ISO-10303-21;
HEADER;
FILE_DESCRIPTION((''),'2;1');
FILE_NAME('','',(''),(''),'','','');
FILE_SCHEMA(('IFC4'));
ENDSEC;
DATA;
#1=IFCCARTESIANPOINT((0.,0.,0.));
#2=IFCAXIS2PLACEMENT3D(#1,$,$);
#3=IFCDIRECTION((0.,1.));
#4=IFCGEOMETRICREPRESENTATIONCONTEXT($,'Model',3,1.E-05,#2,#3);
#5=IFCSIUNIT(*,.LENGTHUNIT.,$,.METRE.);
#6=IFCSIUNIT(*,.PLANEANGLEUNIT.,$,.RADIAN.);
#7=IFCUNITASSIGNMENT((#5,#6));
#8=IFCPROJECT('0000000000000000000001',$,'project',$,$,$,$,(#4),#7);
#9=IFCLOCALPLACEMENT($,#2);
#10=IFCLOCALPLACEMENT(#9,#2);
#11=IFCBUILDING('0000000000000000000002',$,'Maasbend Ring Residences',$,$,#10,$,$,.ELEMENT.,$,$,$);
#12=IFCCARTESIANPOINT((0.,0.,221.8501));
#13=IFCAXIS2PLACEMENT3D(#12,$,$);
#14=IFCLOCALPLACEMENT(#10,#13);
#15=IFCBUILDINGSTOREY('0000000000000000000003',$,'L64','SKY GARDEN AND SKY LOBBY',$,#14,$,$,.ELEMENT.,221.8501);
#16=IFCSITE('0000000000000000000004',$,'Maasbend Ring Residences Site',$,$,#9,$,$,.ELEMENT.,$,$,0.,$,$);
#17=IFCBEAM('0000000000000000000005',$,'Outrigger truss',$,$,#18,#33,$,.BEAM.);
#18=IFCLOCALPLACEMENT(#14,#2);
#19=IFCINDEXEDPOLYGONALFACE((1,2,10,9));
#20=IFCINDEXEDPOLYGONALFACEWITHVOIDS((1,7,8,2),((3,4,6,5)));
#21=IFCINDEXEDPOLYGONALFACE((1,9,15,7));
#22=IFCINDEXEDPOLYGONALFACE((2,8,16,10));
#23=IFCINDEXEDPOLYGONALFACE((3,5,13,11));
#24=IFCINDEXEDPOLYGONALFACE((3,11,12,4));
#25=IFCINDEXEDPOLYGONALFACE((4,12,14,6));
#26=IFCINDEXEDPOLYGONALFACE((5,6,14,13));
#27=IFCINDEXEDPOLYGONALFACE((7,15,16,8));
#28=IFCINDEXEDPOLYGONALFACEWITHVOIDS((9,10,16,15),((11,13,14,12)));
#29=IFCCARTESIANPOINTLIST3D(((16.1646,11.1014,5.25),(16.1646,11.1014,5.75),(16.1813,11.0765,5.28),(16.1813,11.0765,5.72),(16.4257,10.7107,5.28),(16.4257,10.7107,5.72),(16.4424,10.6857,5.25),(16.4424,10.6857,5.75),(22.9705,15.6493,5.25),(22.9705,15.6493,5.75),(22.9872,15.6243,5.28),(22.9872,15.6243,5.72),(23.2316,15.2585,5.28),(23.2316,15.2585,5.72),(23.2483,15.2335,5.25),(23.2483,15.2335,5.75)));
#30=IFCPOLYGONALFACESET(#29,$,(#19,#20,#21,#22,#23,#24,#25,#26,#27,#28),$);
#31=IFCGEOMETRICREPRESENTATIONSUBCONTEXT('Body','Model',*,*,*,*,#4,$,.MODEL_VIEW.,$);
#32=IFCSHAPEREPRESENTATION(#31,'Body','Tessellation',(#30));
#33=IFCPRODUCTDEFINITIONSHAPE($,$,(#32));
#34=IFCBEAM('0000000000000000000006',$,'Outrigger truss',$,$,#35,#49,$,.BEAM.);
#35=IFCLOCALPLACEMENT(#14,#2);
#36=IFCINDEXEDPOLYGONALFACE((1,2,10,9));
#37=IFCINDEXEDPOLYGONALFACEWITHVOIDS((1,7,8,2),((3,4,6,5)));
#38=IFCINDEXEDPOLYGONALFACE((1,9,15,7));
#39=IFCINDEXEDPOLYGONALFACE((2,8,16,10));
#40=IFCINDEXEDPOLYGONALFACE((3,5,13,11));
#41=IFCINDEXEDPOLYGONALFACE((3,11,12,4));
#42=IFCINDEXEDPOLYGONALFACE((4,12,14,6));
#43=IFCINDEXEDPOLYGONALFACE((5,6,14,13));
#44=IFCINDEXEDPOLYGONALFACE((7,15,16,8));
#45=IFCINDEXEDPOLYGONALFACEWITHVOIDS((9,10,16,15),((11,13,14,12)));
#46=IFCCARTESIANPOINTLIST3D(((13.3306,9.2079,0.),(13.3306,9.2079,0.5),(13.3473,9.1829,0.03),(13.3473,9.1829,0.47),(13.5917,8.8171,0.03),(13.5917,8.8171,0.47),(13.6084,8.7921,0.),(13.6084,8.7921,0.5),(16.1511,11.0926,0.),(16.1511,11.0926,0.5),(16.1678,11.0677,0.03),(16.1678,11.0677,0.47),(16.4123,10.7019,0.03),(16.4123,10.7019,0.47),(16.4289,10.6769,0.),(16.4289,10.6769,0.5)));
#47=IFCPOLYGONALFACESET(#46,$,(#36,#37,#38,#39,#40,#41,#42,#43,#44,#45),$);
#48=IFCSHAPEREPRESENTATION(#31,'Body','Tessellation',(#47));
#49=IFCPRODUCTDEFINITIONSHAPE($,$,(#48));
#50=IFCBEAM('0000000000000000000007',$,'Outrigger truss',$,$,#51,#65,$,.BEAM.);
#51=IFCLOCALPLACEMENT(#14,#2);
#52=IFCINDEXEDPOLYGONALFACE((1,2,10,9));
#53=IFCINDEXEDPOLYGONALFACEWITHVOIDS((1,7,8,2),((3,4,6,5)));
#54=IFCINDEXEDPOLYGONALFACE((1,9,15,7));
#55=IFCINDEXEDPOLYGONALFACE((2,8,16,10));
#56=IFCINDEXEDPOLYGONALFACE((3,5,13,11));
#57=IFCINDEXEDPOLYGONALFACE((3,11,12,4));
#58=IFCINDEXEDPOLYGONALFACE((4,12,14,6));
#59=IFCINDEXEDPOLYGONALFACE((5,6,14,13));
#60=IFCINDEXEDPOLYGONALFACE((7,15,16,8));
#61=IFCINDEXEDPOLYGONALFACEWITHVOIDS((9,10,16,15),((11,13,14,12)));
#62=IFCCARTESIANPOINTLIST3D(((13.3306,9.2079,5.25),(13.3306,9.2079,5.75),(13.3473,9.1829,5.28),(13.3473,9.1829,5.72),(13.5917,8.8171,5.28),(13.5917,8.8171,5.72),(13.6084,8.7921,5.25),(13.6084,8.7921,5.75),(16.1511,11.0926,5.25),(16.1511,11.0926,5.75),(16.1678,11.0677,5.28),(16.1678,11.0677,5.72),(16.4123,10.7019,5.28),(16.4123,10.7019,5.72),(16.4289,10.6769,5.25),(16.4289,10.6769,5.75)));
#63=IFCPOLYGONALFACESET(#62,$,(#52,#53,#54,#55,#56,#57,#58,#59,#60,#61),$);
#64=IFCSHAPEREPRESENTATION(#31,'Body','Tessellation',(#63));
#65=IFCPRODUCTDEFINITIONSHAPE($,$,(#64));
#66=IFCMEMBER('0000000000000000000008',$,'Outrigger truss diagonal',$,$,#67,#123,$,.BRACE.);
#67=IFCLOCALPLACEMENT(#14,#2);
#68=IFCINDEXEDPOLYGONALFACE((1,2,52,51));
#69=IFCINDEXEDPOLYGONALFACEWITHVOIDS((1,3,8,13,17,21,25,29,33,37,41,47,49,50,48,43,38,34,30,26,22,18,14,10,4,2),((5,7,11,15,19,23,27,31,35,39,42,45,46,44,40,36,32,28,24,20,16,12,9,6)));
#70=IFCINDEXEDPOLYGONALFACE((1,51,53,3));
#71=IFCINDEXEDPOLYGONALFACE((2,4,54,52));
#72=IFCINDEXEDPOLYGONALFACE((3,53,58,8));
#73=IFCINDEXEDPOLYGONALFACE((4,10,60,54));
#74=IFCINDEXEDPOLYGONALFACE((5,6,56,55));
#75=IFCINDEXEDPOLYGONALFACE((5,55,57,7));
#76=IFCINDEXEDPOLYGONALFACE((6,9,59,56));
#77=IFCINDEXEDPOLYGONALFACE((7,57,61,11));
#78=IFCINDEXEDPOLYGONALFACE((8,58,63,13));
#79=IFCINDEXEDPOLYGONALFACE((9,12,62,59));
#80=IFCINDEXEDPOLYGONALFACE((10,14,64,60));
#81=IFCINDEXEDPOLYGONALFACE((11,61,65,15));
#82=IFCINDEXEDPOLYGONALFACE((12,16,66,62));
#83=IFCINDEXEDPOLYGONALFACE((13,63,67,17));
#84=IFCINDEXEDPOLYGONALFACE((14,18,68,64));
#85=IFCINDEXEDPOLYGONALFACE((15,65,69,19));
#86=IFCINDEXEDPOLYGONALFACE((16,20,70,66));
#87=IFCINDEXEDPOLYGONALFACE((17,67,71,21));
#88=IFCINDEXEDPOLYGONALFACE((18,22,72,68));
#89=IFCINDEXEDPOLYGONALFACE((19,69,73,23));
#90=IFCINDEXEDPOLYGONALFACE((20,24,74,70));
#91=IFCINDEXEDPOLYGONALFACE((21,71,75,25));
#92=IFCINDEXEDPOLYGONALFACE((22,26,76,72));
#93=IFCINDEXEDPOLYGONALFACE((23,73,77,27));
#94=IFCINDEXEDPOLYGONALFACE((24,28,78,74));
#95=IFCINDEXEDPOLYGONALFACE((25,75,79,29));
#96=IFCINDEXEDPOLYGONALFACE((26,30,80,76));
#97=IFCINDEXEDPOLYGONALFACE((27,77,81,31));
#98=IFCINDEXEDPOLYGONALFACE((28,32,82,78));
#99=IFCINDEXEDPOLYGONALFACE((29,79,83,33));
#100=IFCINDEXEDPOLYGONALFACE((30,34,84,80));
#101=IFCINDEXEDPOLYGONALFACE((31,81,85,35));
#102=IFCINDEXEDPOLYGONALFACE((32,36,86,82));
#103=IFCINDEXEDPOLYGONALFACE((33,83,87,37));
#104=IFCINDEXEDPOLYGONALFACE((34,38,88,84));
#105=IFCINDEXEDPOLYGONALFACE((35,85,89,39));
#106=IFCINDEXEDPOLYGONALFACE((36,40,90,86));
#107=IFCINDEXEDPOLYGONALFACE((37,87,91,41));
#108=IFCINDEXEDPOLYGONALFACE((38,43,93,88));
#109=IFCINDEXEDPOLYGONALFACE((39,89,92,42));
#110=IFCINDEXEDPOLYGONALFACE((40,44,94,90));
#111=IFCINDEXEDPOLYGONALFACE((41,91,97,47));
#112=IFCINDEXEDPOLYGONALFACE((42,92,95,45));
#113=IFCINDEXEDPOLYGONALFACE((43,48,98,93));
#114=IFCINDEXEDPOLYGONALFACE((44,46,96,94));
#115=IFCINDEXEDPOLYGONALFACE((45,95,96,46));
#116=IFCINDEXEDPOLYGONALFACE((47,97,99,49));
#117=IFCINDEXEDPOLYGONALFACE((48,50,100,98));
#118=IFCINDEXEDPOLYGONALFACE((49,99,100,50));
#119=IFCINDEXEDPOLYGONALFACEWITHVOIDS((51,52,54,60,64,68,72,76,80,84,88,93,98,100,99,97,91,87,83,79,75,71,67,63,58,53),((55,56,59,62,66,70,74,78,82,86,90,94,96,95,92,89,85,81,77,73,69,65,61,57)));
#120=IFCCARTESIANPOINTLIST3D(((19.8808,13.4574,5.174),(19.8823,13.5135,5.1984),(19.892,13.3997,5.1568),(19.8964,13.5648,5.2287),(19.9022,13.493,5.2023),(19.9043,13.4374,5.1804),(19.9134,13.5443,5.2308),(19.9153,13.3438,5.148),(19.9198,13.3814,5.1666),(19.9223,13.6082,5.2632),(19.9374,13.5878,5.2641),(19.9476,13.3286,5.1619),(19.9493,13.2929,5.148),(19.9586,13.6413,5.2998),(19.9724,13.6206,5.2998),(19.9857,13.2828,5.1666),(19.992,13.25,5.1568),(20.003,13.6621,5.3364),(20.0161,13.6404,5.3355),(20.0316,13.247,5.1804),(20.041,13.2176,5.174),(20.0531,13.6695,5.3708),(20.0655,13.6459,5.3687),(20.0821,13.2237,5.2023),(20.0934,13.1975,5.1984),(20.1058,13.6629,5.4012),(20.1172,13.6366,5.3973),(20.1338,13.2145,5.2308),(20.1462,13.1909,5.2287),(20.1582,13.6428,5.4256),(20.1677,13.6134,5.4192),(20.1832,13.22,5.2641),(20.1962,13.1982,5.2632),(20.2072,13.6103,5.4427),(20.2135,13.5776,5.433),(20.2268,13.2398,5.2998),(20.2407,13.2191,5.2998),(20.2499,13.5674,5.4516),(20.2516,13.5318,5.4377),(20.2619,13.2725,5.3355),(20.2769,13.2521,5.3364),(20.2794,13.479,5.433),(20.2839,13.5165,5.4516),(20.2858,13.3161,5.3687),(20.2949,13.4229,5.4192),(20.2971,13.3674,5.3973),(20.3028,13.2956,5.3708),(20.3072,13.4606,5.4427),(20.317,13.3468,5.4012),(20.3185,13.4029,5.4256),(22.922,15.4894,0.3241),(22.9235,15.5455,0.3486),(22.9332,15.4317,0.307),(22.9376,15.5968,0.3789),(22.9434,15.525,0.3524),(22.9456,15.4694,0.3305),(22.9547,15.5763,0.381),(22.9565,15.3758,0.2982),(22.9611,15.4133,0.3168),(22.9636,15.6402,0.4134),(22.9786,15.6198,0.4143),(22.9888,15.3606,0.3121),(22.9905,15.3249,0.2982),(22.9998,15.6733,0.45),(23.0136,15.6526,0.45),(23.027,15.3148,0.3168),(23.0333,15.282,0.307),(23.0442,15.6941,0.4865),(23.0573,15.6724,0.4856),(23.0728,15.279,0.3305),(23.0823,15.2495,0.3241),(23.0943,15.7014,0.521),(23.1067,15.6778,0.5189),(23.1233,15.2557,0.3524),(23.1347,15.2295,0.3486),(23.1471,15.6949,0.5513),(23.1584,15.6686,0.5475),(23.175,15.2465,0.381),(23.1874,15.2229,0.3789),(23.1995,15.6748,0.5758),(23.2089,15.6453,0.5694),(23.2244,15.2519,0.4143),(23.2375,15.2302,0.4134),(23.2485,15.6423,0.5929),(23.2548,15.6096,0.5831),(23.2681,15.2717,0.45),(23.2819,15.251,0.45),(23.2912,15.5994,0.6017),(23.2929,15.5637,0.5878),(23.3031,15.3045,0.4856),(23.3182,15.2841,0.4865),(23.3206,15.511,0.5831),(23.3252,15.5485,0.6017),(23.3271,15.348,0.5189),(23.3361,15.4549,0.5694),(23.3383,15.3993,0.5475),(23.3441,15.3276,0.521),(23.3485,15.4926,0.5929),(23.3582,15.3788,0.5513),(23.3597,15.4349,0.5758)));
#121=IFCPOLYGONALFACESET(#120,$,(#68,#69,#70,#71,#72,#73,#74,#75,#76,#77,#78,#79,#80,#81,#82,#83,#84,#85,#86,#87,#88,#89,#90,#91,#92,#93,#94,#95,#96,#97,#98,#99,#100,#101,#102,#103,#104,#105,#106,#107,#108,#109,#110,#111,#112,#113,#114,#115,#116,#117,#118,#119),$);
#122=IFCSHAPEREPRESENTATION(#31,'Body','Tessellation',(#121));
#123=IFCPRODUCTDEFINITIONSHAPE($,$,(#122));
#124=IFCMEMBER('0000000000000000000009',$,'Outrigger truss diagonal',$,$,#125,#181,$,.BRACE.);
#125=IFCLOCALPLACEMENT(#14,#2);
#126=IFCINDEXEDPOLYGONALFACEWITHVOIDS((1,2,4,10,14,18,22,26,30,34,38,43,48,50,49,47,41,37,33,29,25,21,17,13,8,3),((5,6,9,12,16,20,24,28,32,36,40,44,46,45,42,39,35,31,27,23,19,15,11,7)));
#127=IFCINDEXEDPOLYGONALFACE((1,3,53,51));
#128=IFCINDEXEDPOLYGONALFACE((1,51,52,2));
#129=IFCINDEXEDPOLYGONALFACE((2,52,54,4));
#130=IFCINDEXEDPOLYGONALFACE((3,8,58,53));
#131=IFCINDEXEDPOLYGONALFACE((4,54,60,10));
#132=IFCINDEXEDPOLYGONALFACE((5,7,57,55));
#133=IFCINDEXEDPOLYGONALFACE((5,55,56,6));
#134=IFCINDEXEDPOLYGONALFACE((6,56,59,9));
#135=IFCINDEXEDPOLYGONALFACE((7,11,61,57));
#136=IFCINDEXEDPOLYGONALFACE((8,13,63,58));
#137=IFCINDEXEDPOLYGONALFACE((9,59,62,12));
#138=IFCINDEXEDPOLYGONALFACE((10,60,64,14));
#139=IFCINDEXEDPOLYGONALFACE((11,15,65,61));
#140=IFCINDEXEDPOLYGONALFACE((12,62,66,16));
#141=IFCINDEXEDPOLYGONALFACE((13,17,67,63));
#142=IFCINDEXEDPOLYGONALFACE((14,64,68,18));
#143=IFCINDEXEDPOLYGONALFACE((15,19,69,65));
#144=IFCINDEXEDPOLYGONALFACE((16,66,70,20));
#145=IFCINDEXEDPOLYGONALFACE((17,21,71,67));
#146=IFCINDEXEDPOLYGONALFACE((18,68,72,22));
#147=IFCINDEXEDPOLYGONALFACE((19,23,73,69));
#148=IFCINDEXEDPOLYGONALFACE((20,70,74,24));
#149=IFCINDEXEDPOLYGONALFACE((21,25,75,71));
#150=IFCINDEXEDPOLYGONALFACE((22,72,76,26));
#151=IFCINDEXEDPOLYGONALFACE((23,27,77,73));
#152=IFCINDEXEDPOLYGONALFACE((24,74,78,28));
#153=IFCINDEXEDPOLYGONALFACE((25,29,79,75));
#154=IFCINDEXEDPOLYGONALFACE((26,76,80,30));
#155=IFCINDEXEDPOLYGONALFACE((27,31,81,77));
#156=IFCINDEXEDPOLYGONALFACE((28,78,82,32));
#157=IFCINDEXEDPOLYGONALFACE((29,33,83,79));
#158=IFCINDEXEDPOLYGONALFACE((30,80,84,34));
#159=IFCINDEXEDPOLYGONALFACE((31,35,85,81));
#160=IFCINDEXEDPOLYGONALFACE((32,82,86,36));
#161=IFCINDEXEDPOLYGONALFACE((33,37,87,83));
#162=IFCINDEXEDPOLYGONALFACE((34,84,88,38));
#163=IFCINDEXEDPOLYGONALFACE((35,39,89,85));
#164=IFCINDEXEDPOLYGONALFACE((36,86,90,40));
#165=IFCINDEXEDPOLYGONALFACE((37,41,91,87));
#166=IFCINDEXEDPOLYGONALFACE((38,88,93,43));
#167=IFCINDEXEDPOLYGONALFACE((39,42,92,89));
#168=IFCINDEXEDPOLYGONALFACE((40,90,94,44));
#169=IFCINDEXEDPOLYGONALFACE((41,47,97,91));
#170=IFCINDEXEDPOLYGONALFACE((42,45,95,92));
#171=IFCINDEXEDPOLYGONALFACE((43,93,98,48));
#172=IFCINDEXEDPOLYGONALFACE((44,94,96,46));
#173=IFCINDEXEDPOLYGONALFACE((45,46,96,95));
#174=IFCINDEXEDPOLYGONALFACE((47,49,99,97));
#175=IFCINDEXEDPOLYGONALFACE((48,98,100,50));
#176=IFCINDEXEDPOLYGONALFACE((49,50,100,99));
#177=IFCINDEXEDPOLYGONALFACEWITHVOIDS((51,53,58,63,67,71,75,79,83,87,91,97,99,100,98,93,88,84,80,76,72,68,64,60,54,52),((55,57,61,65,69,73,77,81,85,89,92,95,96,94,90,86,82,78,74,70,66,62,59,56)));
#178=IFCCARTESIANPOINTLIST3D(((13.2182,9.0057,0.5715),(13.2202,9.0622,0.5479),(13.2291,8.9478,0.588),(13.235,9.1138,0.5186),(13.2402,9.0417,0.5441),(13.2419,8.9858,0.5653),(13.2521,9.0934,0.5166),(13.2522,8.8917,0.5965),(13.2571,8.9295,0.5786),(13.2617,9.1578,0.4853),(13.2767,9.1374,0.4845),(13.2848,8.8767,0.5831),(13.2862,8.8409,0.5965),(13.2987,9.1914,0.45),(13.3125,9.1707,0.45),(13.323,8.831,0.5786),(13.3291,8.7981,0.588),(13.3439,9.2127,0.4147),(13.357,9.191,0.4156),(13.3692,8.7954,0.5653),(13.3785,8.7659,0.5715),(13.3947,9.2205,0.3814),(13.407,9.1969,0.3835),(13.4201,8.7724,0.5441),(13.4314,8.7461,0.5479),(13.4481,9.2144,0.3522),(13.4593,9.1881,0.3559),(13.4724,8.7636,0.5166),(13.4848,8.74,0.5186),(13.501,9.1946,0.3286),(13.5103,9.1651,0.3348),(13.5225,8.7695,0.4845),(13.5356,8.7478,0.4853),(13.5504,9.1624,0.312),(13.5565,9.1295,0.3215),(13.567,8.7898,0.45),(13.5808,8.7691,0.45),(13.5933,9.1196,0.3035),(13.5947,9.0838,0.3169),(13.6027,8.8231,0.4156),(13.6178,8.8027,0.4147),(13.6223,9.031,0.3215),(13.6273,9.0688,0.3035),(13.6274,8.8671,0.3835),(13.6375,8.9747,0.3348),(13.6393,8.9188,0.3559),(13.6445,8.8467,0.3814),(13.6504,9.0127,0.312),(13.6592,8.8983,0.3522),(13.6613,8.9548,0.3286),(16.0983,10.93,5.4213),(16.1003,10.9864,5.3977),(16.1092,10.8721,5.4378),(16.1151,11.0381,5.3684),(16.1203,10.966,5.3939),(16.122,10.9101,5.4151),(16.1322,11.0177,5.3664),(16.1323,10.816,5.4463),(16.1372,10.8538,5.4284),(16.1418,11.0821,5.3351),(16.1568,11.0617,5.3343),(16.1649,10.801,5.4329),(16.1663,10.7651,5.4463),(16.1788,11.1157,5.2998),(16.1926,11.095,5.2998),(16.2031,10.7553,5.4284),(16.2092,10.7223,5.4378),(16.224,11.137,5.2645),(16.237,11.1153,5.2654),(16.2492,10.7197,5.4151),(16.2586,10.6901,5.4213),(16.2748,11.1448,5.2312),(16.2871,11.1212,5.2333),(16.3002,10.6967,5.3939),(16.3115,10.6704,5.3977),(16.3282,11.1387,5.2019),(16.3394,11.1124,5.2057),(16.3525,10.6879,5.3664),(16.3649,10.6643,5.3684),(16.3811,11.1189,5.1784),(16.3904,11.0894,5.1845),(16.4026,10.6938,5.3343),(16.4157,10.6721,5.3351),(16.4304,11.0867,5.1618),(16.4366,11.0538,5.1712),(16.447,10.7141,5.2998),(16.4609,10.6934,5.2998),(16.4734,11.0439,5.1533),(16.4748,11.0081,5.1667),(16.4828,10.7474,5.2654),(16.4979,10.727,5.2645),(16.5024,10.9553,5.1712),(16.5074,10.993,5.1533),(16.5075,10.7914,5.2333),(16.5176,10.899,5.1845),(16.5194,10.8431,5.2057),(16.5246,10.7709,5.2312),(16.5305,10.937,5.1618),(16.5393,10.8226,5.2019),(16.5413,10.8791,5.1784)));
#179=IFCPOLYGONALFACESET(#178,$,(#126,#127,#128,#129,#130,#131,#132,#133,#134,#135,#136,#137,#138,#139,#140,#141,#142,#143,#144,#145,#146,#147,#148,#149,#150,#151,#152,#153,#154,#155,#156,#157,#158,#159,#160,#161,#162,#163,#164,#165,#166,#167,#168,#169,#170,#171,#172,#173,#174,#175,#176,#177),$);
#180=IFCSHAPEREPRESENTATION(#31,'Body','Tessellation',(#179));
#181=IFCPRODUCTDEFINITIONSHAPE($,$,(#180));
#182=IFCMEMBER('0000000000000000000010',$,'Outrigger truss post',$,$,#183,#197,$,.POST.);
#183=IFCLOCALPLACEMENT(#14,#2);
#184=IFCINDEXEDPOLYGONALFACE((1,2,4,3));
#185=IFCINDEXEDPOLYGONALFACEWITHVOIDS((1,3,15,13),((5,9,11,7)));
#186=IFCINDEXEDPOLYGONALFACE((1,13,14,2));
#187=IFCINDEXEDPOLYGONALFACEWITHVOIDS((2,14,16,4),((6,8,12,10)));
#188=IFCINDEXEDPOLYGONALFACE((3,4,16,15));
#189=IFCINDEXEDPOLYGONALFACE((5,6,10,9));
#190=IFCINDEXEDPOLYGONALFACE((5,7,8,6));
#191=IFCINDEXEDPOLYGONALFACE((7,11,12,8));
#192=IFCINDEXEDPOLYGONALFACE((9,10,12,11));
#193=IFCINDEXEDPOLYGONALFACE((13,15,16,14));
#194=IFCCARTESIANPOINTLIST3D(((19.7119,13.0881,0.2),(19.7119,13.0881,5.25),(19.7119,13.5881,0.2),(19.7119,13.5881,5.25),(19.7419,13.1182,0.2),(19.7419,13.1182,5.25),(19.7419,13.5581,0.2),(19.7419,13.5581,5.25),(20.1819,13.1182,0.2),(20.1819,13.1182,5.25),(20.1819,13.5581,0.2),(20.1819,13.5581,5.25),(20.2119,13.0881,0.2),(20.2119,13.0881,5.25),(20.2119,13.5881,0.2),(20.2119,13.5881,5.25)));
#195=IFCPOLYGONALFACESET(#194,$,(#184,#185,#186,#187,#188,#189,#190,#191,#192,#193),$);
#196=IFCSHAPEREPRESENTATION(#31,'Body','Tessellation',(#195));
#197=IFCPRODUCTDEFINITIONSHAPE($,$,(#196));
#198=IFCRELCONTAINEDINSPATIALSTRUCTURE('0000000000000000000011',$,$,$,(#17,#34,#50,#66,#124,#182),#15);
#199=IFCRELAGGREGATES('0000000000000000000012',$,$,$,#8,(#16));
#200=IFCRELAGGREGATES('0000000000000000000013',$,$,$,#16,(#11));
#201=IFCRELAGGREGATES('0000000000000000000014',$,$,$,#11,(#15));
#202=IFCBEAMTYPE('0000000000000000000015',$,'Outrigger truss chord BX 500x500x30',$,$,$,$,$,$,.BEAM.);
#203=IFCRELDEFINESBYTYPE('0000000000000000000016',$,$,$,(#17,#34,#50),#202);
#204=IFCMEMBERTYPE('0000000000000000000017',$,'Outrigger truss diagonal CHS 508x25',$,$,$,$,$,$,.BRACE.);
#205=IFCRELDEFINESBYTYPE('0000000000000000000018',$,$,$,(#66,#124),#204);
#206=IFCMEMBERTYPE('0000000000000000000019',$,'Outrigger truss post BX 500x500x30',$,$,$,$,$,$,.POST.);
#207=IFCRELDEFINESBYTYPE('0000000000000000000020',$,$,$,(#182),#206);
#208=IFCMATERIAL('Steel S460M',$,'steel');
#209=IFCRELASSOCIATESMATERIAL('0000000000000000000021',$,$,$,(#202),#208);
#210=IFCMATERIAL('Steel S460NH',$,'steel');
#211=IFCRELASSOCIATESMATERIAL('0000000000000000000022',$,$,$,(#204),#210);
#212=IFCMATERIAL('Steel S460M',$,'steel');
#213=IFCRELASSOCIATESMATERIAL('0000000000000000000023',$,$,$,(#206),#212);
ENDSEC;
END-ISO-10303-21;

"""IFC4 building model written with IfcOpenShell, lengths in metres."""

from ifc_helpers import new_model, si_unit, direction, frame, origin, origin_2d, place, context, subcontext, project, spatial, hollow_rectangle, hollow_circle, extrude, material, material_profile, profile_set, type_object, element, save


model = new_model("IFC4")

# Units and contexts
model_context = context("Model", 3, precision=1e-05, world=origin(), true_north=direction((0.0, 1.0)))
body_context = subcontext(model_context, "Body", "Model", "MODEL_VIEW")
ifc_project = project(units=[si_unit("LENGTHUNIT", "METRE"), si_unit("PLANEANGLEUNIT", "RADIAN")], contexts=[model_context])

# Site, building, storey
site_placement = place(None, origin())
site = spatial("IfcSite", under=ifc_project, at=site_placement, Name="Maasbend Ring Residences Site", CompositionType="ELEMENT", RefElevation=0.0)
building_placement = place(site_placement, origin())
building = spatial("IfcBuilding", under=site, at=building_placement, Name="Maasbend Ring Residences", CompositionType="ELEMENT")
storey_placement = place(building_placement, frame((0.0, 0.0, 221.8501)))
storey = spatial("IfcBuildingStorey", under=building, at=storey_placement, Name="L64", Description="SKY GARDEN AND SKY LOBBY", CompositionType="ELEMENT", Elevation=221.8501)

# Beams
ifc_material_1 = material(Name="Steel S460M", Category="steel")
ifc_material_profile_1 = material_profile(ifc_material_1, hollow_rectangle(XDim=0.5, YDim=0.5, WallThickness=0.03, at=origin_2d()), Name="Outrigger truss chord BX 500x500x30")
ifc_profile_set_1 = profile_set([ifc_material_profile_1], Name="Steel S460M")
beam_type_1 = type_object("IfcBeamType", Name="Outrigger truss chord BX 500x500x30", PredefinedType="BEAM", material=ifc_profile_set_1)
beam_1_placement = place(storey_placement, frame((23.1094, 15.4414, 5.5), z_axis=(-0.831453, -0.555595, 0.0), x_axis=(0.555595, -0.831453, 0.0)))
element("IfcBeam", 1, at=beam_1_placement, inside=storey, type_object=beam_type_1, Name="Outrigger truss", PredefinedType="BEAM", context=body_context, shape_type="SweptSolid", body=[
    extrude(hollow_rectangle(XDim=0.5, YDim=0.5, WallThickness=0.03, at=origin_2d()), origin(), (0.0, 0.0, 1.0), 8.1855),
])
for number, where, z_axis, x_axis, name in (
    (2, (16.29, 10.8848, 0.25), (-0.831452, -0.555597, 0.0), (0.555597, -0.831452, 0.0), "Outrigger truss"),
    (3, (16.29, 10.8848, 5.5), (-0.831452, -0.555597, 0.0), (0.555597, -0.831452, 0.0), "Outrigger truss"),
):
    element("IfcBeam", number, at=place(storey_placement, frame(where, z_axis=z_axis, x_axis=x_axis)), inside=storey, type_object=beam_type_1, Name=name, PredefinedType="BEAM", context=body_context, shape_type="SweptSolid", body=[
        extrude(hollow_rectangle(XDim=0.5, YDim=0.5, WallThickness=0.03, at=origin_2d()), origin(), (0.0, 0.0, 1.0), 3.3923),
    ])

# Members
ifc_material_2 = material(Name="Steel S460NH", Category="steel")
ifc_material_profile_2 = material_profile(ifc_material_2, hollow_circle(Radius=0.2539, WallThickness=0.0249, at=origin_2d()), Name="Outrigger truss diagonal CHS 508x25")
ifc_profile_set_2 = profile_set([ifc_material_profile_2], Name="Steel S460NH")
member_type_1 = type_object("IfcMemberType", Name="Outrigger truss diagonal CHS 508x25", PredefinedType="BRACE", material=ifc_profile_set_2)
member_1_placement = place(storey_placement, frame((23.1409, 15.4622, 0.45), z_axis=(-0.500662, -0.334511, 0.798398), x_axis=(0.555547, -0.831485, 0.0)))
element("IfcMember", 4, at=member_1_placement, inside=storey, type_object=member_type_1, Name="Outrigger truss diagonal", PredefinedType="BRACE", context=body_context, shape_type="SweptSolid", body=[
    extrude(hollow_circle(Radius=0.2539, WallThickness=0.0249, at=origin_2d()), origin(), (0.0, 0.0, 1.0), 6.0745),
])
member_2_placement = place(storey_placement, frame((16.3198, 10.9045, 5.2998), z_axis=(-0.483259, -0.322883, -0.813761), x_axis=(0.555546, -0.831486, 0.0)))
element("IfcMember", 5, at=member_2_placement, inside=storey, type_object=member_type_1, Name="Outrigger truss diagonal", PredefinedType="BRACE", context=body_context, shape_type="SweptSolid", body=[
    extrude(hollow_circle(Radius=0.2539, WallThickness=0.0249, at=origin_2d()), origin(), (0.0, 0.0, 1.0), 5.9597),
])
ifc_material_3 = material(Name="Steel S460M", Category="steel")
ifc_material_profile_3 = material_profile(ifc_material_3, hollow_rectangle(XDim=0.5, YDim=0.5, WallThickness=0.03, at=origin_2d()), Name="Outrigger truss post BX 500x500x30")
ifc_profile_set_3 = profile_set([ifc_material_profile_3], Name="Steel S460M")
member_type_2 = type_object("IfcMemberType", Name="Outrigger truss post BX 500x500x30", PredefinedType="POST", material=ifc_profile_set_3)
member_3_placement = place(storey_placement, frame((19.9619, 13.3381, 0.2), z_axis=(0.0, 0.0, 1.0), x_axis=(1.0, 0.0, 0.0)))
element("IfcMember", 6, at=member_3_placement, inside=storey, type_object=member_type_2, Name="Outrigger truss post", PredefinedType="POST", context=body_context, shape_type="SweptSolid", body=[
    extrude(hollow_rectangle(XDim=0.5, YDim=0.5, WallThickness=0.03, at=origin_2d()), origin(), (0.0, 0.0, 1.0), 5.05),
])

save(model, "model.ifc")
